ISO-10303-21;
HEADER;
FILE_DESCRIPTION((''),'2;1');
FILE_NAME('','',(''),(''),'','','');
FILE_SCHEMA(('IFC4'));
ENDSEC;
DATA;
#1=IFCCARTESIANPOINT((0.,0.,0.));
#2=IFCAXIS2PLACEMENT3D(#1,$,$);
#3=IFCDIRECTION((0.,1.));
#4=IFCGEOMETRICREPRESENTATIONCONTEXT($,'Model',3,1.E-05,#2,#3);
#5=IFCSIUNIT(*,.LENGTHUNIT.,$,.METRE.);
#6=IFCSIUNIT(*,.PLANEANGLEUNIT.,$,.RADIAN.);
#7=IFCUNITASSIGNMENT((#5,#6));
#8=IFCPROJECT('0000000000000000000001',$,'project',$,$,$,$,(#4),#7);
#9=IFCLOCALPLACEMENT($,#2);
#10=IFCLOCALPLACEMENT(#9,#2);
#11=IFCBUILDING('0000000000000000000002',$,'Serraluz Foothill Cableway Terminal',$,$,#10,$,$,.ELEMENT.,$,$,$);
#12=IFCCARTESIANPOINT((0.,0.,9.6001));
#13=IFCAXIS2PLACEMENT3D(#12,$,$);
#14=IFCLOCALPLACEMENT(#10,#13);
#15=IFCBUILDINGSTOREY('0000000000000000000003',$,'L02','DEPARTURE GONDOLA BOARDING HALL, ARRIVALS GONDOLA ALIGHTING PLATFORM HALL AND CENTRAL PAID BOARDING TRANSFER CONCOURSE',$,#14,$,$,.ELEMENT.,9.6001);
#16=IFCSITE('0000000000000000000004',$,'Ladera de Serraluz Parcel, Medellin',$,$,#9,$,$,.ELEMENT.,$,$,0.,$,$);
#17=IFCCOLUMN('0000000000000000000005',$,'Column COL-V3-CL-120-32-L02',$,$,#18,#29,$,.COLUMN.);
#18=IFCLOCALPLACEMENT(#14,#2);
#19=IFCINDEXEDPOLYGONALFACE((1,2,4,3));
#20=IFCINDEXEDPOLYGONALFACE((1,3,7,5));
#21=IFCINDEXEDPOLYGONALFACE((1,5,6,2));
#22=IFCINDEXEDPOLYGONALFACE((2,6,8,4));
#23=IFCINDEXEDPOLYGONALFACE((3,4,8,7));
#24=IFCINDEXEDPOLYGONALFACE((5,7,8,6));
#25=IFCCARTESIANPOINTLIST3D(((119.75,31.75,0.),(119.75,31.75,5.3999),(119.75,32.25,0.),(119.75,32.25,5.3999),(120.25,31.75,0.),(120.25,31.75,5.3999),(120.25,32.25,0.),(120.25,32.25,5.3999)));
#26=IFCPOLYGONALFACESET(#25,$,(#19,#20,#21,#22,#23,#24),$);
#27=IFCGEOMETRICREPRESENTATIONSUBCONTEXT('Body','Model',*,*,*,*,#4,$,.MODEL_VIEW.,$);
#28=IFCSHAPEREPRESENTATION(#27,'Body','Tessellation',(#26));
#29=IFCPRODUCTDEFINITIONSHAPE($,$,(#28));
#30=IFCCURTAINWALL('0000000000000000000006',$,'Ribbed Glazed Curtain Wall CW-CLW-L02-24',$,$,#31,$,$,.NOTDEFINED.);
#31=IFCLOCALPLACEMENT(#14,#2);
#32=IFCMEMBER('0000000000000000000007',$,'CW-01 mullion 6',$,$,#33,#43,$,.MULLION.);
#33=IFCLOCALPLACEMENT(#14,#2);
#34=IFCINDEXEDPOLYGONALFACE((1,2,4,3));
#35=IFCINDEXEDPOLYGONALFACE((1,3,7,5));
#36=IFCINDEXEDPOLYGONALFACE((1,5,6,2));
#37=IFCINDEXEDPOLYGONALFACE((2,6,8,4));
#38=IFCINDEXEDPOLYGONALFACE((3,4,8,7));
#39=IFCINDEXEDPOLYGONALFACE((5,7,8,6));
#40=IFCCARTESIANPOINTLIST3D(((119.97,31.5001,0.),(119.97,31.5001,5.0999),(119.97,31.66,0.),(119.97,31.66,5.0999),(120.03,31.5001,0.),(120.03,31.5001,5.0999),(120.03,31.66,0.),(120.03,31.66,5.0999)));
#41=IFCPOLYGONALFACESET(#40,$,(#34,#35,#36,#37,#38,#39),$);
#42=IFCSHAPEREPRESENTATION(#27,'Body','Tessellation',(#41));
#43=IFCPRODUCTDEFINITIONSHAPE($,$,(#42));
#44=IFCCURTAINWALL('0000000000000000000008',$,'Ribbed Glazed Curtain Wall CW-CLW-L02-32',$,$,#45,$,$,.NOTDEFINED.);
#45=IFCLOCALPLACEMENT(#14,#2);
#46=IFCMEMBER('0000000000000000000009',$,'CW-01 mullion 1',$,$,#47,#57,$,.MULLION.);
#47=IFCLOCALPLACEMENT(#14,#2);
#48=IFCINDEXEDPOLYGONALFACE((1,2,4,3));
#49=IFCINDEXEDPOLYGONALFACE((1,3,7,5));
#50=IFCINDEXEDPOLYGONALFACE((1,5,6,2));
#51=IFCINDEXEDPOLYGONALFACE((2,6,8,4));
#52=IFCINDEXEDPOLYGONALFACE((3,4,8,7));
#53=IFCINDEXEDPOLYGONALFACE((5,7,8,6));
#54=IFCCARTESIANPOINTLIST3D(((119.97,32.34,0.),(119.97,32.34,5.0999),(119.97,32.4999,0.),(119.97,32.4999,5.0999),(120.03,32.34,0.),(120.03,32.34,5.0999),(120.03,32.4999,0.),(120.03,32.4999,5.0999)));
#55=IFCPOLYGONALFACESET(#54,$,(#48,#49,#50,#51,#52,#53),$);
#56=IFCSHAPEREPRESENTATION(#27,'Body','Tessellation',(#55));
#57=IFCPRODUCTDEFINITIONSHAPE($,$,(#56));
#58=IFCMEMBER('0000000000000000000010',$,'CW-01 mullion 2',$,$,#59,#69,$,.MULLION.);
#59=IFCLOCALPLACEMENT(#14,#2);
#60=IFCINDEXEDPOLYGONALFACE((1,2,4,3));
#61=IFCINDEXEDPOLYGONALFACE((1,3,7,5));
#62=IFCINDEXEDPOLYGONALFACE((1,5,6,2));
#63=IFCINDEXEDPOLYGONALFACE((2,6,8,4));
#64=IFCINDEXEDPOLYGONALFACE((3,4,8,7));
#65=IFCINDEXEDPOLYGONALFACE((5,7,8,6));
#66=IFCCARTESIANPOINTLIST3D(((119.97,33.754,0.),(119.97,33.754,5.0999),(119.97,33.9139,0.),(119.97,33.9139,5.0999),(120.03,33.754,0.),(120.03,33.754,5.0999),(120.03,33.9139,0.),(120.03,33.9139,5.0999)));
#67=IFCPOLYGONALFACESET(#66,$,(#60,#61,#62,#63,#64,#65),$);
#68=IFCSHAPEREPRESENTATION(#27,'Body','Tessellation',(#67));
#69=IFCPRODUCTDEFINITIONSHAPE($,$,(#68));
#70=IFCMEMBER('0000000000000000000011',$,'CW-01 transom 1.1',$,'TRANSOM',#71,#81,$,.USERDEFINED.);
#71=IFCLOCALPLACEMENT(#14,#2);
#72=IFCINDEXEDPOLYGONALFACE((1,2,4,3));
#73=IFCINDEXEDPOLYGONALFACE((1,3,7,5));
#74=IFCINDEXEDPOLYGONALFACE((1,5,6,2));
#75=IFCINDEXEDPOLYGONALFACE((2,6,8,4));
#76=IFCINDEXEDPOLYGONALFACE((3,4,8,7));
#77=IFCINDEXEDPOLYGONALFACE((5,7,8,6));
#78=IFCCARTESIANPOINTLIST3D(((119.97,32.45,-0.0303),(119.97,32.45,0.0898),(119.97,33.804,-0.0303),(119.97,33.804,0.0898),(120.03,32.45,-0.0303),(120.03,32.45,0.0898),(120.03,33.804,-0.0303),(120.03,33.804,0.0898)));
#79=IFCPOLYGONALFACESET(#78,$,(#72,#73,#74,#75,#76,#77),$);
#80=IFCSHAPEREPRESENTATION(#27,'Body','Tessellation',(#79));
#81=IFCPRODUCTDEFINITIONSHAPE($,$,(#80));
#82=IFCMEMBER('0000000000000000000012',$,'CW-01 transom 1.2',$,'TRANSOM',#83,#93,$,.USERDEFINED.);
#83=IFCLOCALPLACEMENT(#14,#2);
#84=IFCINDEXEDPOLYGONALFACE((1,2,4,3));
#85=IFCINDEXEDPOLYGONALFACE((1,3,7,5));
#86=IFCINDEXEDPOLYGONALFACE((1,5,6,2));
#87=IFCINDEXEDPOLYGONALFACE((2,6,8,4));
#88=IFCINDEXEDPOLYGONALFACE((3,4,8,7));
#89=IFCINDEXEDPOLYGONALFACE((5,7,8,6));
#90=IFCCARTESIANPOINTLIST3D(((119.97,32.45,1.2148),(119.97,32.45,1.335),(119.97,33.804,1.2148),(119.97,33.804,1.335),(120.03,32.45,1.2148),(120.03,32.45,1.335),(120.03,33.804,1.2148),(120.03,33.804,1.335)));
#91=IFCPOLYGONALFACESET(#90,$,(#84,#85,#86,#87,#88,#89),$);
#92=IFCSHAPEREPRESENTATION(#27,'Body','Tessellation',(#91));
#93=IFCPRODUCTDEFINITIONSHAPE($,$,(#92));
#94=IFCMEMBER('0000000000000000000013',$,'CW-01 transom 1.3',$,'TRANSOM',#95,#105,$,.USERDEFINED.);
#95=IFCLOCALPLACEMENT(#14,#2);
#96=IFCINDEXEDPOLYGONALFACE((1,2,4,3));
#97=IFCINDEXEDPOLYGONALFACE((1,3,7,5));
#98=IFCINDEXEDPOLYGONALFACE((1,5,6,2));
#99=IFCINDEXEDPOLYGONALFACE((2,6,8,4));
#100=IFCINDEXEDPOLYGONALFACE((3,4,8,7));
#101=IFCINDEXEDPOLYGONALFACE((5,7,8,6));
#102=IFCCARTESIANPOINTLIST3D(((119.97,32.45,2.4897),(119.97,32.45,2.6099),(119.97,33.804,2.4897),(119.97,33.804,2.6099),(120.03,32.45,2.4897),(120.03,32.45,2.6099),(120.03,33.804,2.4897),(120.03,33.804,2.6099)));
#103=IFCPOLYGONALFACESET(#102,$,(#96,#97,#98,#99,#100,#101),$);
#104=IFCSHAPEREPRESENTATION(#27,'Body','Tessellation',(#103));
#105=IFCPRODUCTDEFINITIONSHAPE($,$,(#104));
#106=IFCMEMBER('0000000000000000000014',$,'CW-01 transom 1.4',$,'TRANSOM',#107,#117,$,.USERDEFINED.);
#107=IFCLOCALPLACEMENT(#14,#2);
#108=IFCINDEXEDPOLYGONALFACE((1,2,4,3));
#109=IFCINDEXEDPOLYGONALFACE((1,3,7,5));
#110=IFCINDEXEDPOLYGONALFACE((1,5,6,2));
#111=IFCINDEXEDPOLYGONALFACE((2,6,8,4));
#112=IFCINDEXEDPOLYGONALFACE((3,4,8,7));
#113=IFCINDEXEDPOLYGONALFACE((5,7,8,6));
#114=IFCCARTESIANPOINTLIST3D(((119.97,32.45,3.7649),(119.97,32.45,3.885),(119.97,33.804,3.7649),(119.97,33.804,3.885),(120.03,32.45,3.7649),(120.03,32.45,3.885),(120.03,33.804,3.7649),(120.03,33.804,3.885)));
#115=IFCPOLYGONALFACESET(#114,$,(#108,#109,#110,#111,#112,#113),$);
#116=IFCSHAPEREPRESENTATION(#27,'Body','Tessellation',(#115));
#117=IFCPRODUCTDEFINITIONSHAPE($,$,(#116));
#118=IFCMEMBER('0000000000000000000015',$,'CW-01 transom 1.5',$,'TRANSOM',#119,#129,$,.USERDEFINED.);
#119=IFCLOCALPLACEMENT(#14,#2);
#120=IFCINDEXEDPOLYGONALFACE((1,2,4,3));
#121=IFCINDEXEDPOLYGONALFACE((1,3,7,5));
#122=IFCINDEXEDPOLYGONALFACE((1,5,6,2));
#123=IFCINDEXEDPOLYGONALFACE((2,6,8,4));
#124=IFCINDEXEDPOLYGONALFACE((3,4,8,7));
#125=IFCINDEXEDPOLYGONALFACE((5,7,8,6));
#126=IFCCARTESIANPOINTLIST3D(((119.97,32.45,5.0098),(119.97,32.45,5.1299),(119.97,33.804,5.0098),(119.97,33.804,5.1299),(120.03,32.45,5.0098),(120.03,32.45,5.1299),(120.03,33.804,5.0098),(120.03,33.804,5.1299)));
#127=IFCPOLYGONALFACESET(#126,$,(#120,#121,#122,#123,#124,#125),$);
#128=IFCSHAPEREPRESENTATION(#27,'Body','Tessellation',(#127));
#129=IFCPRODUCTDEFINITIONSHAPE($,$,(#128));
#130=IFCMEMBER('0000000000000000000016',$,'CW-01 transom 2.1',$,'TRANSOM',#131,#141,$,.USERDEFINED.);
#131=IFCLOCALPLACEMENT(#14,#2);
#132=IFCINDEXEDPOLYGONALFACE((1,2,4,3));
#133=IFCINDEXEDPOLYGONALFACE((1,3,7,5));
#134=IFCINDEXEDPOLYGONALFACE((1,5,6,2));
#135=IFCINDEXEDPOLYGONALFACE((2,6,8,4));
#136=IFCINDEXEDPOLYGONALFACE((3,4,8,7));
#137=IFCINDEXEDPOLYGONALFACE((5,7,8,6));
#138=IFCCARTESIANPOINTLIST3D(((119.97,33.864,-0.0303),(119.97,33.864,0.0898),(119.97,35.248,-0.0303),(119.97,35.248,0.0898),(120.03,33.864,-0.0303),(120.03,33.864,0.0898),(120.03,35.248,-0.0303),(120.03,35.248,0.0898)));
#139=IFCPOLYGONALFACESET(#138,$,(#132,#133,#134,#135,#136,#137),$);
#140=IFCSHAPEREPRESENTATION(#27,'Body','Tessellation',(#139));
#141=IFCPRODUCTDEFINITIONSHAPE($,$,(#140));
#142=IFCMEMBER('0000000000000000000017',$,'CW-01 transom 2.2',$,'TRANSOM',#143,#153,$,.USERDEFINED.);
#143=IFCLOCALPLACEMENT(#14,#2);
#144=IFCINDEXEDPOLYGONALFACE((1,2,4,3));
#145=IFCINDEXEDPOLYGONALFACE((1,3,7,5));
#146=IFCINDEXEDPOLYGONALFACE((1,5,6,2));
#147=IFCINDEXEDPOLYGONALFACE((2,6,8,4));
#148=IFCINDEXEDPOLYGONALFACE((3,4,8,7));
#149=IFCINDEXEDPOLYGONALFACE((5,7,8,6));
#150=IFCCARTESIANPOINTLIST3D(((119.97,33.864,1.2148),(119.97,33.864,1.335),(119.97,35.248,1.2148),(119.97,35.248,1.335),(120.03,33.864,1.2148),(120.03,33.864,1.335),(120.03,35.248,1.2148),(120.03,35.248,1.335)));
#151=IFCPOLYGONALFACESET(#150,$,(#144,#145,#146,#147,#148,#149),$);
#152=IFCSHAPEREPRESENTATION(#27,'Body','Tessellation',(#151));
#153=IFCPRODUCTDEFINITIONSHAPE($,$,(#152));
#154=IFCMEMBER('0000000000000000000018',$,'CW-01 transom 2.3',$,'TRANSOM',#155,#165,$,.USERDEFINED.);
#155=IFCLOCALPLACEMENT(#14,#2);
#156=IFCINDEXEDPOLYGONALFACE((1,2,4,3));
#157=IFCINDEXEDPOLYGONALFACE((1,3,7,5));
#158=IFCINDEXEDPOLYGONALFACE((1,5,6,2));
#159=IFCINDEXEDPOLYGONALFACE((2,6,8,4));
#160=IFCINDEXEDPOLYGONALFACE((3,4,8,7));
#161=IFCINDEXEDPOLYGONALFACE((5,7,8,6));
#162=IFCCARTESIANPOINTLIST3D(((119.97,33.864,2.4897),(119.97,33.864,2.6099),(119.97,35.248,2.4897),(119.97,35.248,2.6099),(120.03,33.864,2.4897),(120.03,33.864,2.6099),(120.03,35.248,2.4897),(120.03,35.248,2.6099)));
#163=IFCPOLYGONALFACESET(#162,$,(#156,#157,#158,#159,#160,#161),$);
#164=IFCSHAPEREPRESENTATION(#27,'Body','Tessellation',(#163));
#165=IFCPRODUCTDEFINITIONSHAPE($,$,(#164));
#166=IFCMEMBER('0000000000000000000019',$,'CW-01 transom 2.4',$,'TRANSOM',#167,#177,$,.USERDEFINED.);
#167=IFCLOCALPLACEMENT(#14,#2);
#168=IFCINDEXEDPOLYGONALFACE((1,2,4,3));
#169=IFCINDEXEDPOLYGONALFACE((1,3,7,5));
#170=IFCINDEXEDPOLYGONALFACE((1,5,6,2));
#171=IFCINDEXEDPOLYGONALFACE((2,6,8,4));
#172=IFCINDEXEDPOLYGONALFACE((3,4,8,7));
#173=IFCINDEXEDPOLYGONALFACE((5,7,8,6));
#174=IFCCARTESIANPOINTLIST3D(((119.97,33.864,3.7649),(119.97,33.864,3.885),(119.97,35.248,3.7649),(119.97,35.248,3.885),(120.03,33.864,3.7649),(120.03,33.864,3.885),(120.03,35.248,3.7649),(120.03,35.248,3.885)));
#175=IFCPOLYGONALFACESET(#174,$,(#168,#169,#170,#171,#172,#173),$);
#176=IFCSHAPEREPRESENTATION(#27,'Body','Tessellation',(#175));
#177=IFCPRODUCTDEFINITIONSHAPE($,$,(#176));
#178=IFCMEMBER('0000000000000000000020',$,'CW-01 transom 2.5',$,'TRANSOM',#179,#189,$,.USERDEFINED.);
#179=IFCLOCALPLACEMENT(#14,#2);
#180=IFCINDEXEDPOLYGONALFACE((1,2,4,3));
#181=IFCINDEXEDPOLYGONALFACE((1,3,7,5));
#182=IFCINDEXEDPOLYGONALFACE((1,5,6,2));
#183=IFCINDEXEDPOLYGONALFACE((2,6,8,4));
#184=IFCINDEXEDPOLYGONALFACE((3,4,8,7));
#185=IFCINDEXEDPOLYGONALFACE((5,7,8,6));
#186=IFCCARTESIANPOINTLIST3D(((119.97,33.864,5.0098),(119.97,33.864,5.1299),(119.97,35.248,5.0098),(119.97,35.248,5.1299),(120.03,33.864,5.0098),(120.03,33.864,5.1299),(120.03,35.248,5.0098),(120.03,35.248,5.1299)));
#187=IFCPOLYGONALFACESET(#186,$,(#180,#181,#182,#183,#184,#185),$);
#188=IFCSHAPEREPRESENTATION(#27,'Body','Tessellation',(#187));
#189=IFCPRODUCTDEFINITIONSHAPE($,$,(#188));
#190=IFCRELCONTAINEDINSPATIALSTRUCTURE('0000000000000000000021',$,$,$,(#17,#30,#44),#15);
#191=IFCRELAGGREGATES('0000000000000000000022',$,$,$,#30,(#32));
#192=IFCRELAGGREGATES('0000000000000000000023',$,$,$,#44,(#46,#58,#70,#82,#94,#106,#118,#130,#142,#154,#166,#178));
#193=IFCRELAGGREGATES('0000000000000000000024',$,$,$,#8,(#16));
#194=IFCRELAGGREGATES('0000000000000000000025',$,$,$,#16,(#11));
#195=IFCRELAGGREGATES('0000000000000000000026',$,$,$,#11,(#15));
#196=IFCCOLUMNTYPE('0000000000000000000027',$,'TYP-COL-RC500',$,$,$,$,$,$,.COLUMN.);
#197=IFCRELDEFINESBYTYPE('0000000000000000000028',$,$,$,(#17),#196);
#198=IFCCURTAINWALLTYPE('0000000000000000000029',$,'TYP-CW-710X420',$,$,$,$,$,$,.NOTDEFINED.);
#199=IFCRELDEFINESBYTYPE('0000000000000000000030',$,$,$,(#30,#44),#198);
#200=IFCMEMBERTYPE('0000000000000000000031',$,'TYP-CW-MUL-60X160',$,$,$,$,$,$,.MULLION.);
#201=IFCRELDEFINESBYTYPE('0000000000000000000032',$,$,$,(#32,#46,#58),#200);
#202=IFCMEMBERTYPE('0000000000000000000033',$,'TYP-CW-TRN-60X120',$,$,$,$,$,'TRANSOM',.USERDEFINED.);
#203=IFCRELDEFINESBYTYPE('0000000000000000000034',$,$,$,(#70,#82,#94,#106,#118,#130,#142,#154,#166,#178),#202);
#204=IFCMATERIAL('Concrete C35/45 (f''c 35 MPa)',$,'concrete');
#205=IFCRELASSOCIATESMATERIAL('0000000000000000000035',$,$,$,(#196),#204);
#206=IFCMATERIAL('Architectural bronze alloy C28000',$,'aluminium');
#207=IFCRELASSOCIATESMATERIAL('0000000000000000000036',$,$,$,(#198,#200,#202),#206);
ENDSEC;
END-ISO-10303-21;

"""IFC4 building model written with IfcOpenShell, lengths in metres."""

from ifc_helpers import new_model, si_unit, direction, frame, origin, origin_2d, place, context, subcontext, project, spatial, rectangle, extrude, material, material_profile, profile_set, type_object, element, aggregate, save


model = new_model("IFC4")

# Units and contexts
model_context = context("Model", 3, precision=1e-05, world=origin(), true_north=direction((0.0, 1.0)))
body_context = subcontext(model_context, "Body", "Model", "MODEL_VIEW")
ifc_project = project(units=[si_unit("LENGTHUNIT", "METRE"), si_unit("PLANEANGLEUNIT", "RADIAN")], contexts=[model_context])

# Site, building, storey
site_placement = place(None, origin())
site = spatial("IfcSite", under=ifc_project, at=site_placement, Name="Ladera de Serraluz Parcel, Medellin", CompositionType="ELEMENT", RefElevation=0.0)
building_placement = place(site_placement, origin())
building = spatial("IfcBuilding", under=site, at=building_placement, Name="Serraluz Foothill Cableway Terminal", CompositionType="ELEMENT")
storey_placement = place(building_placement, frame((0.0, 0.0, 9.6001)))
storey = spatial("IfcBuildingStorey", under=building, at=storey_placement, Name="L02", Description="DEPARTURE GONDOLA BOARDING HALL, ARRIVALS GONDOLA ALIGHTING PLATFORM HALL AND CENTRAL PAID BOARDING TRANSFER CONCOURSE", CompositionType="ELEMENT", Elevation=9.6001)

# Column
ifc_material_1 = material(Name="Concrete C35/45 (f'c 35 MPa)", Category="concrete")
ifc_material_profile_1 = material_profile(ifc_material_1, rectangle(XDim=0.5, YDim=0.5, at=origin_2d()), Name="RC 500x500")
ifc_profile_set_1 = profile_set([ifc_material_profile_1], Name="Concrete C35/45 (f'c 35 MPa)")
column_type = type_object("IfcColumnType", Name="TYP-COL-RC500", PredefinedType="COLUMN", material=ifc_profile_set_1)
column_placement = place(storey_placement, frame((120.0, 32.0, 0.0), z_axis=(0.0, 0.0, 1.0), x_axis=(1.0, 0.0, 0.0)))
element("IfcColumn", 1, at=column_placement, inside=storey, type_object=column_type, Name="Column COL-V3-CL-120-32-L02", PredefinedType="COLUMN", context=body_context, shape_type="SweptSolid", body=[
    extrude(rectangle(XDim=0.5, YDim=0.5, at=origin_2d()), origin(), (0.0, 0.0, 1.0), 5.3999),
])

# Curtain wall, member
ifc_material_2 = material(Name="Architectural bronze alloy C28000", Category="aluminium")
curtain_wall_type = type_object("IfcCurtainWallType", Name="TYP-CW-710X420", PredefinedType="NOTDEFINED", material=ifc_material_2)
curtain_wall_1_placement = place(storey_placement, origin())
curtain_wall_1 = element("IfcCurtainWall", 2, at=curtain_wall_1_placement, inside=storey, type_object=curtain_wall_type, Name="Ribbed Glazed Curtain Wall CW-CLW-L02-24", PredefinedType="NOTDEFINED")
ifc_material_profile_2 = material_profile(ifc_material_2, rectangle(XDim=0.0601, YDim=0.1599, at=origin_2d()), Name="ALU MULLION 60x160")
ifc_profile_set_2 = profile_set([ifc_material_profile_2], Name="Architectural bronze alloy C28000")
member_type_1 = type_object("IfcMemberType", Name="TYP-CW-MUL-60X160", PredefinedType="MULLION", material=ifc_profile_set_2)
member_1_placement = place(storey_placement, frame((120.0, 31.5801, 0.0), z_axis=(0.0, 0.0, 1.0), x_axis=(-1.0, 0.0, 0.0)))
member_1 = element("IfcMember", 3, at=member_1_placement, type_object=member_type_1, Name="CW-01 mullion 6", PredefinedType="MULLION", context=body_context, shape_type="SweptSolid", body=[
    extrude(rectangle(XDim=0.0601, YDim=0.1599, at=origin_2d()), origin(), (0.0, 0.0, 1.0), 5.0999),
])

# Curtain wall, members
curtain_wall_2_placement = place(storey_placement, origin())
curtain_wall_2 = element("IfcCurtainWall", 4, at=curtain_wall_2_placement, inside=storey, type_object=curtain_wall_type, Name="Ribbed Glazed Curtain Wall CW-CLW-L02-32", PredefinedType="NOTDEFINED")
member_2_placement = place(storey_placement, frame((120.0, 32.4199, 0.0), z_axis=(0.0, 0.0, 1.0), x_axis=(-1.0, 0.0, 0.0)))
member_2 = element("IfcMember", 5, at=member_2_placement, type_object=member_type_1, Name="CW-01 mullion 1", PredefinedType="MULLION", context=body_context, shape_type="SweptSolid", body=[
    extrude(rectangle(XDim=0.0601, YDim=0.1599, at=origin_2d()), origin(), (0.0, 0.0, 1.0), 5.0999),
])
member_3_placement = place(storey_placement, frame((120.0, 33.834, 0.0), z_axis=(0.0, 0.0, 1.0), x_axis=(-1.0, 0.0, 0.0)))
member_3 = element("IfcMember", 6, at=member_3_placement, type_object=member_type_1, Name="CW-01 mullion 2", PredefinedType="MULLION", context=body_context, shape_type="SweptSolid", body=[
    extrude(rectangle(XDim=0.0601, YDim=0.1599, at=origin_2d()), origin(), (0.0, 0.0, 1.0), 5.0999),
])
ifc_material_profile_3 = material_profile(ifc_material_2, rectangle(XDim=0.0601, YDim=0.1201, at=origin_2d()), Name="ALU TRANSOM 60x120")
ifc_profile_set_3 = profile_set([ifc_material_profile_3], Name="Architectural bronze alloy C28000")
member_type_2 = type_object("IfcMemberType", Name="TYP-CW-TRN-60X120", ElementType="TRANSOM", PredefinedType="USERDEFINED", material=ifc_profile_set_3)
member_4_placement = place(storey_placement, frame((120.0, 32.45, 0.0298), z_axis=(0.0, 1.0, 0.0), x_axis=(-1.0, 0.0, 0.0)))
member_4 = element("IfcMember", 7, at=member_4_placement, type_object=member_type_2, Name="CW-01 transom 1.1", ObjectType="TRANSOM", PredefinedType="USERDEFINED", context=body_context, shape_type="SweptSolid", body=[
    extrude(rectangle(XDim=0.0601, YDim=0.1201, at=origin_2d()), origin(), (0.0, 0.0, 1.0), 1.354),
])
member_5_placement = place(storey_placement, frame((120.0, 32.45, 1.2749), z_axis=(0.0, 1.0, 0.0), x_axis=(-1.0, 0.0, 0.0)))
member_5 = element("IfcMember", 8, at=member_5_placement, type_object=member_type_2, Name="CW-01 transom 1.2", ObjectType="TRANSOM", PredefinedType="USERDEFINED", context=body_context, shape_type="SweptSolid", body=[
    extrude(rectangle(XDim=0.0601, YDim=0.1201, at=origin_2d()), origin(), (0.0, 0.0, 1.0), 1.354),
])
member_6_placement = place(storey_placement, frame((120.0, 32.45, 2.5498), z_axis=(0.0, 1.0, 0.0), x_axis=(-1.0, 0.0, 0.0)))
member_6 = element("IfcMember", 9, at=member_6_placement, type_object=member_type_2, Name="CW-01 transom 1.3", ObjectType="TRANSOM", PredefinedType="USERDEFINED", context=body_context, shape_type="SweptSolid", body=[
    extrude(rectangle(XDim=0.0601, YDim=0.1201, at=origin_2d()), origin(), (0.0, 0.0, 1.0), 1.354),
])
member_7_placement = place(storey_placement, frame((120.0, 32.45, 3.825), z_axis=(0.0, 1.0, 0.0), x_axis=(-1.0, 0.0, 0.0)))
member_7 = element("IfcMember", 10, at=member_7_placement, type_object=member_type_2, Name="CW-01 transom 1.4", ObjectType="TRANSOM", PredefinedType="USERDEFINED", context=body_context, shape_type="SweptSolid", body=[
    extrude(rectangle(XDim=0.0601, YDim=0.1201, at=origin_2d()), origin(), (0.0, 0.0, 1.0), 1.354),
])
member_8_placement = place(storey_placement, frame((120.0, 32.45, 5.0698), z_axis=(0.0, 1.0, 0.0), x_axis=(-1.0, 0.0, 0.0)))
member_8 = element("IfcMember", 11, at=member_8_placement, type_object=member_type_2, Name="CW-01 transom 1.5", ObjectType="TRANSOM", PredefinedType="USERDEFINED", context=body_context, shape_type="SweptSolid", body=[
    extrude(rectangle(XDim=0.0601, YDim=0.1201, at=origin_2d()), origin(), (0.0, 0.0, 1.0), 1.354),
])
member_9_placement = place(storey_placement, frame((120.0, 33.864, 0.0298), z_axis=(0.0, 1.0, 0.0), x_axis=(-1.0, 0.0, 0.0)))
member_9 = element("IfcMember", 12, at=member_9_placement, type_object=member_type_2, Name="CW-01 transom 2.1", ObjectType="TRANSOM", PredefinedType="USERDEFINED", context=body_context, shape_type="SweptSolid", body=[
    extrude(rectangle(XDim=0.0601, YDim=0.1201, at=origin_2d()), origin(), (0.0, 0.0, 1.0), 1.384),
])
member_10_placement = place(storey_placement, frame((120.0, 33.864, 1.2749), z_axis=(0.0, 1.0, 0.0), x_axis=(-1.0, 0.0, 0.0)))
member_10 = element("IfcMember", 13, at=member_10_placement, type_object=member_type_2, Name="CW-01 transom 2.2", ObjectType="TRANSOM", PredefinedType="USERDEFINED", context=body_context, shape_type="SweptSolid", body=[
    extrude(rectangle(XDim=0.0601, YDim=0.1201, at=origin_2d()), origin(), (0.0, 0.0, 1.0), 1.384),
])
member_11_placement = place(storey_placement, frame((120.0, 33.864, 2.5498), z_axis=(0.0, 1.0, 0.0), x_axis=(-1.0, 0.0, 0.0)))
member_11 = element("IfcMember", 14, at=member_11_placement, type_object=member_type_2, Name="CW-01 transom 2.3", ObjectType="TRANSOM", PredefinedType="USERDEFINED", context=body_context, shape_type="SweptSolid", body=[
    extrude(rectangle(XDim=0.0601, YDim=0.1201, at=origin_2d()), origin(), (0.0, 0.0, 1.0), 1.384),
])
member_12_placement = place(storey_placement, frame((120.0, 33.864, 3.825), z_axis=(0.0, 1.0, 0.0), x_axis=(-1.0, 0.0, 0.0)))
member_12 = element("IfcMember", 15, at=member_12_placement, type_object=member_type_2, Name="CW-01 transom 2.4", ObjectType="TRANSOM", PredefinedType="USERDEFINED", context=body_context, shape_type="SweptSolid", body=[
    extrude(rectangle(XDim=0.0601, YDim=0.1201, at=origin_2d()), origin(), (0.0, 0.0, 1.0), 1.384),
])
member_13_placement = place(storey_placement, frame((120.0, 33.864, 5.0698), z_axis=(0.0, 1.0, 0.0), x_axis=(-1.0, 0.0, 0.0)))
member_13 = element("IfcMember", 16, at=member_13_placement, type_object=member_type_2, Name="CW-01 transom 2.5", ObjectType="TRANSOM", PredefinedType="USERDEFINED", context=body_context, shape_type="SweptSolid", body=[
    extrude(rectangle(XDim=0.0601, YDim=0.1201, at=origin_2d()), origin(), (0.0, 0.0, 1.0), 1.384),
])

aggregate(curtain_wall_1, [member_1])
aggregate(curtain_wall_2, [member_2, member_3, member_4, member_5, member_6, member_7, member_8, member_9, member_10, member_11, member_12, member_13])

save(model, "model.ifc")
